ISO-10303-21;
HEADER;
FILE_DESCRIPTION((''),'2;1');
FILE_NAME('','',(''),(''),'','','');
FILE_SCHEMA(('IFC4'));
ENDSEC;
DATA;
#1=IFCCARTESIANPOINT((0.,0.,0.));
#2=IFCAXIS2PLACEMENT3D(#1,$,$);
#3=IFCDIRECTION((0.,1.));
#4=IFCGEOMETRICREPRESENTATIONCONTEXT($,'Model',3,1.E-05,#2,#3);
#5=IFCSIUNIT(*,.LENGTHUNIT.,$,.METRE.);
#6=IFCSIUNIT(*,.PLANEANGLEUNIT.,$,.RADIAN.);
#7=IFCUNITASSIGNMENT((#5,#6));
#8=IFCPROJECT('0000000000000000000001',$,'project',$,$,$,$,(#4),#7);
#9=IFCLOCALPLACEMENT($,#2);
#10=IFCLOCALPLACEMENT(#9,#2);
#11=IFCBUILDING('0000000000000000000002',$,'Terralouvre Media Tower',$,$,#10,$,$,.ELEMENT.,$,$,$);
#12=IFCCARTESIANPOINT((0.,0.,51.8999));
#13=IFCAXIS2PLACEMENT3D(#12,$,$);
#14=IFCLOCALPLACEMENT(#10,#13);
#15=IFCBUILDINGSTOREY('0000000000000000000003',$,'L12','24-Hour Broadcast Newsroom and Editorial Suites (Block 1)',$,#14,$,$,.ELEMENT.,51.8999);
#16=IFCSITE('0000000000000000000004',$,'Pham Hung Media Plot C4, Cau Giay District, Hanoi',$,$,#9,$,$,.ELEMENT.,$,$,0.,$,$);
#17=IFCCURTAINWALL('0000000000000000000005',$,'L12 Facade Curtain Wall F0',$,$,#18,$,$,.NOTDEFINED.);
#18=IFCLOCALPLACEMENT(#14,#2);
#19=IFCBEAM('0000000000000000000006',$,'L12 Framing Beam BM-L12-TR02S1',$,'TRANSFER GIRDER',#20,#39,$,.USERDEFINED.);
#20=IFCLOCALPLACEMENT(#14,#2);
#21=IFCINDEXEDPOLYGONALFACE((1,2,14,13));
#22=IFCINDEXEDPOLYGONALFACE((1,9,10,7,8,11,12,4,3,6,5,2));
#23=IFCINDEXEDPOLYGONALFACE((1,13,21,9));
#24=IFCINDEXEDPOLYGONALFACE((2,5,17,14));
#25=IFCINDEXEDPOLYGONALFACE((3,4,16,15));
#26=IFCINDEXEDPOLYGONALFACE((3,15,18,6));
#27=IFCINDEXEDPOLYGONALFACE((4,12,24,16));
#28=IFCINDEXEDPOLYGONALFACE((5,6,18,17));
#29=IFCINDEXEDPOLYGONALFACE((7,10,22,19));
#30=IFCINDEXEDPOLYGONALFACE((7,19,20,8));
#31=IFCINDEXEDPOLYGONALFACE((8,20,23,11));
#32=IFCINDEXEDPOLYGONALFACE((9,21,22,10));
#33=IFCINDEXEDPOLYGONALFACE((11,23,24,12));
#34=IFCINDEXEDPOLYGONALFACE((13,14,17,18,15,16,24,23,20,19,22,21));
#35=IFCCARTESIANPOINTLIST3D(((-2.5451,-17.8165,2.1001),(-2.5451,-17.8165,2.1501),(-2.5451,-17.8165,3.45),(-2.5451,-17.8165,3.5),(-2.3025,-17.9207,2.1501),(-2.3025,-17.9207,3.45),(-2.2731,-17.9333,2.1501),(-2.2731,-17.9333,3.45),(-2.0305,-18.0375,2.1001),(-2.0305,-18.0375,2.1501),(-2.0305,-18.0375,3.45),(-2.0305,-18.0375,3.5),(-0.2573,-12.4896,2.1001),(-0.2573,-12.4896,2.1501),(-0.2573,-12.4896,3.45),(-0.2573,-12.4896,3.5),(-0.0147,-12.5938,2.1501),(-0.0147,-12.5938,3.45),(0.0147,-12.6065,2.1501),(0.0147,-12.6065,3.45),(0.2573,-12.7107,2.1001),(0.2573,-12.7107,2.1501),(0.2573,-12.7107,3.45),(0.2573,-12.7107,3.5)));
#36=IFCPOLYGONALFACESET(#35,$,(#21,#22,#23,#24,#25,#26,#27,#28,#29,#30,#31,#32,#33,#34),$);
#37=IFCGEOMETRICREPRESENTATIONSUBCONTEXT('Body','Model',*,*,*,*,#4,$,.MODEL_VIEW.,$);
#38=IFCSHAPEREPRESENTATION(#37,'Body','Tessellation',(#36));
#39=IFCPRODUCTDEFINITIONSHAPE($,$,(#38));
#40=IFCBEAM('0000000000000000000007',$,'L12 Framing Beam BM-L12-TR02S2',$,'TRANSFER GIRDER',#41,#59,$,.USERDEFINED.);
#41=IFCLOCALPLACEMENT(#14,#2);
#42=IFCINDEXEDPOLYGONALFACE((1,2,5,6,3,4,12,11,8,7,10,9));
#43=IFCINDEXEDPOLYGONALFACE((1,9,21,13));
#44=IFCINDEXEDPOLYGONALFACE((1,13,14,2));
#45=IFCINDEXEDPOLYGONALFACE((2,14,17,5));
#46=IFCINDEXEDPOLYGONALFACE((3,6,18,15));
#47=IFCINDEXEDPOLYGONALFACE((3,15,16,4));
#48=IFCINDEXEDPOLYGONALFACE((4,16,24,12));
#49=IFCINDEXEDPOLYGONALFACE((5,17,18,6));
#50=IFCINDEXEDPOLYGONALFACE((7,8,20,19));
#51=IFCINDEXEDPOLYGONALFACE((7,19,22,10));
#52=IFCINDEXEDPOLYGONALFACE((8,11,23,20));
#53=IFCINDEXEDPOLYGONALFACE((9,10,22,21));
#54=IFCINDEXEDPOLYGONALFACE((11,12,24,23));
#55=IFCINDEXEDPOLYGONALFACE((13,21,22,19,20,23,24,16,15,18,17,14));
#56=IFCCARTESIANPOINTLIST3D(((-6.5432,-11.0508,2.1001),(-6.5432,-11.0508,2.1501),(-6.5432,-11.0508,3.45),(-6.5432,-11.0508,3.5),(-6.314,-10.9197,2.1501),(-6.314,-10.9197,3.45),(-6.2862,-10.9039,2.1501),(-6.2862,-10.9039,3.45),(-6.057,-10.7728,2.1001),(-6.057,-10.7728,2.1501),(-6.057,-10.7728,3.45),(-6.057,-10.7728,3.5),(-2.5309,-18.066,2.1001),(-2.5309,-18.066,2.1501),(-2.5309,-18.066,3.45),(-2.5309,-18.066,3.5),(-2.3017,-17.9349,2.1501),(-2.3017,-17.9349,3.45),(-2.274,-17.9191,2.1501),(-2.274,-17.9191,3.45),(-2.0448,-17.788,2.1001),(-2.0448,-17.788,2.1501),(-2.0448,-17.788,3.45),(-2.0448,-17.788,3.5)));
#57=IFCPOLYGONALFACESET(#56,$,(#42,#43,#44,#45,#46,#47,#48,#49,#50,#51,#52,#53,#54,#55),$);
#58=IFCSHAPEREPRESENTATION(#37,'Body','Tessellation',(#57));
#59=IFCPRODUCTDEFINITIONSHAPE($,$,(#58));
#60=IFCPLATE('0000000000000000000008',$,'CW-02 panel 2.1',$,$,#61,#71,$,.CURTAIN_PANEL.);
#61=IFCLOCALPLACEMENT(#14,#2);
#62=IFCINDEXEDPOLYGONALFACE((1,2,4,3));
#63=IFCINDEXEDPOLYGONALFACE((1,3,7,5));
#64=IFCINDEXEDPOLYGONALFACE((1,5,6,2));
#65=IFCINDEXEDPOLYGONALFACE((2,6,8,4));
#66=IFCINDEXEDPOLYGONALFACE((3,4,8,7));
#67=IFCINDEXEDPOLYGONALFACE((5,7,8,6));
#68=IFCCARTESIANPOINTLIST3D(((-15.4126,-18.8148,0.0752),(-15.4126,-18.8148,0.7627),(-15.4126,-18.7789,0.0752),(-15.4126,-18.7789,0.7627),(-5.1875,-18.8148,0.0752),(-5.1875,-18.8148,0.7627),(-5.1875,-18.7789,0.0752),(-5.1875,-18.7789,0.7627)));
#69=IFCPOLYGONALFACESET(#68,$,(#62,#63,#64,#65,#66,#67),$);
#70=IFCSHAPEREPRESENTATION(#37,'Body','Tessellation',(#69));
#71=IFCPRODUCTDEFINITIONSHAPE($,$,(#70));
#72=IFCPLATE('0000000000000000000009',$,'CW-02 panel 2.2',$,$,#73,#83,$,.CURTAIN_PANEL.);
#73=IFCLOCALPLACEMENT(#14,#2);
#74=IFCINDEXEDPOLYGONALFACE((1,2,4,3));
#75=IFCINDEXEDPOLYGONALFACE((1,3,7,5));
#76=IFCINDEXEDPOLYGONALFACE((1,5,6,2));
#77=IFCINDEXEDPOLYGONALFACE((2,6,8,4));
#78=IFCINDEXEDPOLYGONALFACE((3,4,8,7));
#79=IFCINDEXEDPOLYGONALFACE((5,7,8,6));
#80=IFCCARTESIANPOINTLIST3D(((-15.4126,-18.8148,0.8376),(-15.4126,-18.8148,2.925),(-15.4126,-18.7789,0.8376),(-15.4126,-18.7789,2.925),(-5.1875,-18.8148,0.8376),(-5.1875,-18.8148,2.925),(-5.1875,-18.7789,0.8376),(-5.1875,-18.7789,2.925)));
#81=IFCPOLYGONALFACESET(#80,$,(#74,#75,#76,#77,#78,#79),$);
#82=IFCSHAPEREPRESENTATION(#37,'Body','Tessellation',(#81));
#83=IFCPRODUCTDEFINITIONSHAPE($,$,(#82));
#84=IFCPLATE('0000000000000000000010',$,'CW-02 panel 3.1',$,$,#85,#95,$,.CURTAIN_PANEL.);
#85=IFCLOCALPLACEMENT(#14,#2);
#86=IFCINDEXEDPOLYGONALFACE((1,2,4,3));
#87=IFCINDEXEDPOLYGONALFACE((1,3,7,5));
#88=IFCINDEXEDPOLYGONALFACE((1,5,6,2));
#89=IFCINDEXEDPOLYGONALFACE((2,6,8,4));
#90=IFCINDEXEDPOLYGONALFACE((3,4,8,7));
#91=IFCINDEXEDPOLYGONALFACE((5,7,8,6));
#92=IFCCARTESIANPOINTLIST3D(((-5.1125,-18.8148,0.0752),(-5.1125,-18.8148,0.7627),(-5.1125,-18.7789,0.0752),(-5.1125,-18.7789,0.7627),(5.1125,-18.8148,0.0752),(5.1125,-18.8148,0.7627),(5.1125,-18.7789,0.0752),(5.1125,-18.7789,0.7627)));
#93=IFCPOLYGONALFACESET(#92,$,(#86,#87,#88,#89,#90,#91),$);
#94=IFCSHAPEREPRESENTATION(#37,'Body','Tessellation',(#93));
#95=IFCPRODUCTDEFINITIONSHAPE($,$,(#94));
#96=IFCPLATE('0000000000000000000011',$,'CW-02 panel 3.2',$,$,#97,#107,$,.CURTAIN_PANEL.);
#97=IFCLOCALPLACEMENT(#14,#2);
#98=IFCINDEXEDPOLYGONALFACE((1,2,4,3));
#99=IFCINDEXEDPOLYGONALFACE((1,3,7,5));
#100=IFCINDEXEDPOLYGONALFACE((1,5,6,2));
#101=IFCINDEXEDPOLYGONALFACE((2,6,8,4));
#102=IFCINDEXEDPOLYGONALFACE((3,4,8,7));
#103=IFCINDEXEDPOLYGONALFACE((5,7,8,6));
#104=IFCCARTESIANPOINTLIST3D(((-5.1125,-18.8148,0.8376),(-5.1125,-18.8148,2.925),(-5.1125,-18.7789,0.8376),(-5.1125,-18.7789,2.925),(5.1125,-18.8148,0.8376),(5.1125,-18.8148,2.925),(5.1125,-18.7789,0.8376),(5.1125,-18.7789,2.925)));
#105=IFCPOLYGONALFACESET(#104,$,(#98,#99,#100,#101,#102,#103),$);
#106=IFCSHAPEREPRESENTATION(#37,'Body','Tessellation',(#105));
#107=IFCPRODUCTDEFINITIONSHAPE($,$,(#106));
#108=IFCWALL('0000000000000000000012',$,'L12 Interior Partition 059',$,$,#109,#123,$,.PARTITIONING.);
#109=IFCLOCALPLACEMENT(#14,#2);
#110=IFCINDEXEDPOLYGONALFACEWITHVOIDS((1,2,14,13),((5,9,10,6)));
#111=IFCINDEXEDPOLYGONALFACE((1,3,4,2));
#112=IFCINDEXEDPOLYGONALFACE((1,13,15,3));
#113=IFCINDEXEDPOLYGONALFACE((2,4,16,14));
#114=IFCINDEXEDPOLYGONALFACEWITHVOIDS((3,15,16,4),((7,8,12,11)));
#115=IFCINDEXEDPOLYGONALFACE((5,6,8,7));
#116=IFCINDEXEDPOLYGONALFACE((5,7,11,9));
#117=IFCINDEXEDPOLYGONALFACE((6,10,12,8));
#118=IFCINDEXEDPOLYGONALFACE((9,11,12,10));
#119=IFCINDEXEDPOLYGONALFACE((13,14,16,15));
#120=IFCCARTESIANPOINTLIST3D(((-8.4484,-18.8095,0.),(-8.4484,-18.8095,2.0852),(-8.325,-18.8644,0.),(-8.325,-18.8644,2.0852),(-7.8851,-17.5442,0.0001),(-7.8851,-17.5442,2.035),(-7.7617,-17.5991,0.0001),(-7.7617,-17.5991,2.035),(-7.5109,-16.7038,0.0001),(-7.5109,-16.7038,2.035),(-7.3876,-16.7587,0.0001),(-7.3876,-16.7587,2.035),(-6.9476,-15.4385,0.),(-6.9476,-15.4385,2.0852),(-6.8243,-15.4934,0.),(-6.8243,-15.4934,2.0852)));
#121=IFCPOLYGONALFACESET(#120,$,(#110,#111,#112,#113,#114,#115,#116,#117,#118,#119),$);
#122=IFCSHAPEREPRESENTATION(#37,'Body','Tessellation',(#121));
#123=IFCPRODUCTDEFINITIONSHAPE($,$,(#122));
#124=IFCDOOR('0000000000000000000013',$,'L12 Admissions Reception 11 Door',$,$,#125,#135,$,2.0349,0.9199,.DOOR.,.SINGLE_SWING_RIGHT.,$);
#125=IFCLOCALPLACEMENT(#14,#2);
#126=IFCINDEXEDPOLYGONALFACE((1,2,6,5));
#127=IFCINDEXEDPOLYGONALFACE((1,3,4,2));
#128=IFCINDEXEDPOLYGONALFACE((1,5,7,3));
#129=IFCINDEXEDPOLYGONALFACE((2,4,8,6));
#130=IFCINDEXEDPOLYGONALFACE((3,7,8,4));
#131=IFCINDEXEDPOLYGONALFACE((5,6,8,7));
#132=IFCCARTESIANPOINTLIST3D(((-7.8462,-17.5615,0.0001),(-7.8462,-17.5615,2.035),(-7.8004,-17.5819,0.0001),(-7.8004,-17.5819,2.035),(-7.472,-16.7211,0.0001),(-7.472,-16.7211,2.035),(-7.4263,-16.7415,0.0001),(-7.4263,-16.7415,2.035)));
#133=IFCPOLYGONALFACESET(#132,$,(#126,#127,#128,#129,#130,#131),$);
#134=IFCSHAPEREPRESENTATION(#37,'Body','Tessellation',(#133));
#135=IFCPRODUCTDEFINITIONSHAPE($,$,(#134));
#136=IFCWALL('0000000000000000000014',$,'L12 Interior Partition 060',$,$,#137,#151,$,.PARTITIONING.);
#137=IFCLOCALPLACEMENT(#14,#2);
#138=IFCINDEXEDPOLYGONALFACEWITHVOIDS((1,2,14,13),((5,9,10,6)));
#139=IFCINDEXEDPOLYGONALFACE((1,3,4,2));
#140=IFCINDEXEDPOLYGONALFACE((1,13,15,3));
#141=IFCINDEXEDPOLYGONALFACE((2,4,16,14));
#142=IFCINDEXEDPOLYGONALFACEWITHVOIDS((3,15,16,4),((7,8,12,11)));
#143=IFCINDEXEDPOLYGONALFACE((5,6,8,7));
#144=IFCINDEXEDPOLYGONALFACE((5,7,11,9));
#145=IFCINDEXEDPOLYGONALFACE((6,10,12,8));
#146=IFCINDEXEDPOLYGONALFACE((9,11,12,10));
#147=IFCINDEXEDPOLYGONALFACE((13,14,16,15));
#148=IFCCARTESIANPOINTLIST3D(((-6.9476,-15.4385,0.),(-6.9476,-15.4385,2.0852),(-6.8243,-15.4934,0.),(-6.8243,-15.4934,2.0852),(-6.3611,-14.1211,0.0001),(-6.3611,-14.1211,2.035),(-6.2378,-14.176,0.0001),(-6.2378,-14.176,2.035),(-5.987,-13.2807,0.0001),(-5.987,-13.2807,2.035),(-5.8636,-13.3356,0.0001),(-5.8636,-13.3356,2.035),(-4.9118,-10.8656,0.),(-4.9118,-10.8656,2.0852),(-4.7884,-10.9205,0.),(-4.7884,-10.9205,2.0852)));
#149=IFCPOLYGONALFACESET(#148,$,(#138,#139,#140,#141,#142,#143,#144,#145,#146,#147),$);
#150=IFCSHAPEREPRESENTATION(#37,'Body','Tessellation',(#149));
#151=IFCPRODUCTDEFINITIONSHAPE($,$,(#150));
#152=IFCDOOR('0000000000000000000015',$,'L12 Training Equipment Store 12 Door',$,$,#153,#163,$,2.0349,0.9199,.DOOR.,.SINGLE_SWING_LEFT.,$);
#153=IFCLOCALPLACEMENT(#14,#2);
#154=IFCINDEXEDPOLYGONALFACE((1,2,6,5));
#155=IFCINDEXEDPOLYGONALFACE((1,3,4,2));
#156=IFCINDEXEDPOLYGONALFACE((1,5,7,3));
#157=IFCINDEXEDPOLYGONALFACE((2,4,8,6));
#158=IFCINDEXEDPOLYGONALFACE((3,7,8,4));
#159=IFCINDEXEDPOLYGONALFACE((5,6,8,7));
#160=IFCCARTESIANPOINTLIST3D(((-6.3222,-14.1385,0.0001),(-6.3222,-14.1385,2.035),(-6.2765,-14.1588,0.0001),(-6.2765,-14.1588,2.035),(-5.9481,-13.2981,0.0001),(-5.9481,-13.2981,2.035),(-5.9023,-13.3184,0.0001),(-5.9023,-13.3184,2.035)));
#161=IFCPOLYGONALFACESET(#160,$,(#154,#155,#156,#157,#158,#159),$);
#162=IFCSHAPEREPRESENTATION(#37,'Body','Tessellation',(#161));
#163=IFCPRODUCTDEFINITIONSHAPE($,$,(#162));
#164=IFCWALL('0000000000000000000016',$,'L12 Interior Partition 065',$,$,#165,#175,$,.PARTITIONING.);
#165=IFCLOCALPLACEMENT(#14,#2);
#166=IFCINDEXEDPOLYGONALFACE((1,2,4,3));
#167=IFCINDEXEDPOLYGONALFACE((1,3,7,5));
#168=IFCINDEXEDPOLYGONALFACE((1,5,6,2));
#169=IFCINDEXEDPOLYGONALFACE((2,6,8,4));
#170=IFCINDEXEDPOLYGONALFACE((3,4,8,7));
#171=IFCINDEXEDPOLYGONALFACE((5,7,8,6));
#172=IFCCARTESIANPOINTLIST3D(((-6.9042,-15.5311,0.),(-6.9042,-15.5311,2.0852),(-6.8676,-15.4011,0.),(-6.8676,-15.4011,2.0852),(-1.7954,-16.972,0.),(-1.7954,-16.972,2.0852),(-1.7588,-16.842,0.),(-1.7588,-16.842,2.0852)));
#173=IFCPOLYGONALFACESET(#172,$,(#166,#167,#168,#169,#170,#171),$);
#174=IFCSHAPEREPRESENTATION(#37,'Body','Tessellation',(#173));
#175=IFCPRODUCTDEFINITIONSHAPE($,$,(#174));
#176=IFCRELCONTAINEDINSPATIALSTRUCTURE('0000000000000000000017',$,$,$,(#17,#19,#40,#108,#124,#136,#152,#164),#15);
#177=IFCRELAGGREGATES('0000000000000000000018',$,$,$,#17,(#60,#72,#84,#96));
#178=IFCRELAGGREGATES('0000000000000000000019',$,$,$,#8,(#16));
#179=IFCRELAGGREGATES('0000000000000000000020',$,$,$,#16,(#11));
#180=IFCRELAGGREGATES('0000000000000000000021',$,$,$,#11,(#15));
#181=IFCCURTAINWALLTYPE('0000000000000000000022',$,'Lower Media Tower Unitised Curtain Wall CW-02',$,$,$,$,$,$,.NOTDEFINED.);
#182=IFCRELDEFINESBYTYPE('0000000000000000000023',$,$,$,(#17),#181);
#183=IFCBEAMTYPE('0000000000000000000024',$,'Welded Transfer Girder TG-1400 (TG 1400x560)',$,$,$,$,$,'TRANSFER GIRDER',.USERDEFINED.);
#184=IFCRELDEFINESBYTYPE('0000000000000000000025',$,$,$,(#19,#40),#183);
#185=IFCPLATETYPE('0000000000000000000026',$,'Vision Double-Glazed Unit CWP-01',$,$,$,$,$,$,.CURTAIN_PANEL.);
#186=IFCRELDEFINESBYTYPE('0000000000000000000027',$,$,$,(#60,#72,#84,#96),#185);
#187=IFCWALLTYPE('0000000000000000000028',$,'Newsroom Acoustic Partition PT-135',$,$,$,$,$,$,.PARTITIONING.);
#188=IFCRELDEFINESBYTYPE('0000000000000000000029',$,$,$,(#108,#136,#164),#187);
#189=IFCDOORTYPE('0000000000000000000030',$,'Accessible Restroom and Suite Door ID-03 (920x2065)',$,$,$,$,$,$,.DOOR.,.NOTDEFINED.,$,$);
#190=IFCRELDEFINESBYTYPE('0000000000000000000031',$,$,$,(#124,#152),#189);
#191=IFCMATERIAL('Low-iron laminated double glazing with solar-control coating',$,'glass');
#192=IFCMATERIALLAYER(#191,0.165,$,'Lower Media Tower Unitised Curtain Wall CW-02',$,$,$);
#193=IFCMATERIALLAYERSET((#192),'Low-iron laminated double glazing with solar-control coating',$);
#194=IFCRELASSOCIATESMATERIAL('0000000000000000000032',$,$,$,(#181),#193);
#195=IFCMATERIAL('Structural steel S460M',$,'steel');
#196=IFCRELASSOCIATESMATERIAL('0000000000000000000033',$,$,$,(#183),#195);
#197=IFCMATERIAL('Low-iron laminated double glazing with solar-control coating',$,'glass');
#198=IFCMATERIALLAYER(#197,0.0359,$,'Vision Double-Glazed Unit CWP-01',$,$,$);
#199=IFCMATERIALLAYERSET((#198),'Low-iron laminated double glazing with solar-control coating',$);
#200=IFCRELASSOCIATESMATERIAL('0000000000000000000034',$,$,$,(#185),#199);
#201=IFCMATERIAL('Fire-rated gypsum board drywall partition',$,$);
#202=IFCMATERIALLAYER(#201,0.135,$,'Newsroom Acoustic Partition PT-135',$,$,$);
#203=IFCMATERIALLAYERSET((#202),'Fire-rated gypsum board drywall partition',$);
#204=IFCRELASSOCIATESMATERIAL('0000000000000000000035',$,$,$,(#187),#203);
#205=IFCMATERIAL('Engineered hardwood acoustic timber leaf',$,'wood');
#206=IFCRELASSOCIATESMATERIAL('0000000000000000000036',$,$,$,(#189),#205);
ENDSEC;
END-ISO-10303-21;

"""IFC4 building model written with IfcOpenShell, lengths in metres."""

from ifc_helpers import new_model, si_unit, direction, frame, frame_2d, origin, origin_2d, place, context, subcontext, project, spatial, rectangle, i_section, extrude, material, layer, layer_set, material_profile, profile_set, type_object, element, fill, aggregate, save


model = new_model("IFC4")

# Units and contexts
model_context = context("Model", 3, precision=1e-05, world=origin(), true_north=direction((0.0, 1.0)))
body_context = subcontext(model_context, "Body", "Model", "MODEL_VIEW")
ifc_project = project(units=[si_unit("LENGTHUNIT", "METRE"), si_unit("PLANEANGLEUNIT", "RADIAN")], contexts=[model_context])

# Site, building, storey
site_placement = place(None, origin())
site = spatial("IfcSite", under=ifc_project, at=site_placement, Name="Pham Hung Media Plot C4, Cau Giay District, Hanoi", CompositionType="ELEMENT", RefElevation=0.0)
building_placement = place(site_placement, origin())
building = spatial("IfcBuilding", under=site, at=building_placement, Name="Terralouvre Media Tower", CompositionType="ELEMENT")
storey_placement = place(building_placement, frame((0.0, 0.0, 51.8999)))
storey = spatial("IfcBuildingStorey", under=building, at=storey_placement, Name="L12", Description="24-Hour Broadcast Newsroom and Editorial Suites (Block 1)", CompositionType="ELEMENT", Elevation=51.8999)

# Curtain wall
ifc_material_1 = material(Name="Low-iron laminated double glazing with solar-control coating", Category="glass")
ifc_layer_1 = layer(ifc_material_1, 0.165, Name="Lower Media Tower Unitised Curtain Wall CW-02")
ifc_layer_set_1 = layer_set([ifc_layer_1], Name="Low-iron laminated double glazing with solar-control coating")
curtain_wall_type = type_object("IfcCurtainWallType", Name="Lower Media Tower Unitised Curtain Wall CW-02", PredefinedType="NOTDEFINED", material=ifc_layer_set_1)
curtain_wall_placement = place(storey_placement, origin())
curtain_wall = element("IfcCurtainWall", 1, at=curtain_wall_placement, inside=storey, type_object=curtain_wall_type, Name="L12 Facade Curtain Wall F0", PredefinedType="NOTDEFINED")

# Beams
ifc_material_2 = material(Name="Structural steel S460M", Category="steel")
ifc_material_profile_1 = material_profile(ifc_material_2, i_section(OverallWidth=0.5601, OverallDepth=1.3999, WebThickness=0.032, FlangeThickness=0.05, at=origin_2d()), Name="TG 1400x560")
ifc_profile_set_1 = profile_set([ifc_material_profile_1], Name="Structural steel S460M")
beam_type_1 = type_object("IfcBeamType", Name="Welded Transfer Girder TG-1400 (TG 1400x560)", ElementType="TRANSFER GIRDER", PredefinedType="USERDEFINED", material=ifc_profile_set_1)
beam_1_placement = place(storey_placement, frame((-2.2878, -17.927, 2.8), z_axis=(0.394631, 0.91884, 0.0), x_axis=(-0.91884, 0.394631, 0.0)))
element("IfcBeam", 2, at=beam_1_placement, inside=storey, type_object=beam_type_1, Name="L12 Framing Beam BM-L12-TR02S1", ObjectType="TRANSFER GIRDER", PredefinedType="USERDEFINED", context=body_context, shape_type="SweptSolid", body=[
    extrude(i_section(OverallWidth=0.5601, OverallDepth=1.3999, WebThickness=0.032, FlangeThickness=0.05, at=origin_2d()), origin(), (0.0, 0.0, 1.0), 5.7974),
])
beam_2_placement = place(storey_placement, frame((-2.2878, -17.927, 2.8), z_axis=(-0.496471, 0.868053, 0.0), x_axis=(-0.868053, -0.496471, 0.0)))
element("IfcBeam", 3, at=beam_2_placement, inside=storey, type_object=beam_type_1, Name="L12 Framing Beam BM-L12-TR02S2", ObjectType="TRANSFER GIRDER", PredefinedType="USERDEFINED", context=body_context, shape_type="SweptSolid", body=[
    extrude(i_section(OverallWidth=0.5601, OverallDepth=1.3999, WebThickness=0.032, FlangeThickness=0.05, at=origin_2d()), origin(), (0.0, 0.0, 1.0), 8.0815),
])

# Plates
ifc_material_3 = material(Name="Low-iron laminated double glazing with solar-control coating", Category="glass")
ifc_layer_2 = layer(ifc_material_3, 0.0359, Name="Vision Double-Glazed Unit CWP-01")
ifc_layer_set_2 = layer_set([ifc_layer_2], Name="Low-iron laminated double glazing with solar-control coating")
plate_type = type_object("IfcPlateType", Name="Vision Double-Glazed Unit CWP-01", PredefinedType="CURTAIN_PANEL", material=ifc_layer_set_2)
plate_1_placement = place(storey_placement, frame((-10.3, -18.7969, 0.0752), z_axis=(0.0, 0.0, 1.0), x_axis=(1.0, 0.0, 0.0)))
plate_1 = element("IfcPlate", 4, at=plate_1_placement, type_object=plate_type, Name="CW-02 panel 2.1", PredefinedType="CURTAIN_PANEL", context=body_context, shape_type="SweptSolid", body=[
    extrude(rectangle(XDim=10.2251, YDim=0.0359, at=origin_2d()), origin(), (0.0, 0.0, 1.0), 0.6875),
])
plate_2_placement = place(storey_placement, frame((-10.3, -18.7969, 0.8376), z_axis=(0.0, 0.0, 1.0), x_axis=(1.0, 0.0, 0.0)))
plate_2 = element("IfcPlate", 5, at=plate_2_placement, type_object=plate_type, Name="CW-02 panel 2.2", PredefinedType="CURTAIN_PANEL", context=body_context, shape_type="SweptSolid", body=[
    extrude(rectangle(XDim=10.2251, YDim=0.0359, at=origin_2d()), origin(), (0.0, 0.0, 1.0), 2.0874),
])
plate_3_placement = place(storey_placement, frame((0.0, -18.7969, 0.0752), z_axis=(0.0, 0.0, 1.0), x_axis=(1.0, 0.0, 0.0)))
plate_3 = element("IfcPlate", 6, at=plate_3_placement, type_object=plate_type, Name="CW-02 panel 3.1", PredefinedType="CURTAIN_PANEL", context=body_context, shape_type="SweptSolid", body=[
    extrude(rectangle(XDim=10.2251, YDim=0.0359, at=origin_2d()), origin(), (0.0, 0.0, 1.0), 0.6875),
])
plate_4_placement = place(storey_placement, frame((0.0, -18.7969, 0.8376), z_axis=(0.0, 0.0, 1.0), x_axis=(1.0, 0.0, 0.0)))
plate_4 = element("IfcPlate", 7, at=plate_4_placement, type_object=plate_type, Name="CW-02 panel 3.2", PredefinedType="CURTAIN_PANEL", context=body_context, shape_type="SweptSolid", body=[
    extrude(rectangle(XDim=10.2251, YDim=0.0359, at=origin_2d()), origin(), (0.0, 0.0, 1.0), 2.0874),
])
aggregate(curtain_wall, [plate_1, plate_2, plate_3, plate_4])

# Walls, openings, doors
ifc_material_4 = material(Name="Fire-rated gypsum board drywall partition")
ifc_layer_3 = layer(ifc_material_4, 0.135, Name="Newsroom Acoustic Partition PT-135")
ifc_layer_set_3 = layer_set([ifc_layer_3], Name="Fire-rated gypsum board drywall partition")
wall_type_1 = type_object("IfcWallType", Name="Newsroom Acoustic Partition PT-135", PredefinedType="PARTITIONING", material=ifc_layer_set_3)
wall_1_placement = place(storey_placement, frame((-8.3867, -18.8369, 0.0), z_axis=(0.0, 0.0, 1.0), x_axis=(0.406722, 0.913552, 0.0)))
wall_1 = element("IfcWall", 8, at=wall_1_placement, inside=storey, type_object=wall_type_1, Name="L12 Interior Partition 059", PredefinedType="PARTITIONING", context=body_context, shape_type="SweptSolid", body=[
    extrude(rectangle(XDim=3.6899, YDim=0.135, at=frame_2d((1.845, 0.0))), origin(), (0.0, 0.0, 1.0), 2.0852),
])
opening_1_placement = place(wall_1_placement, frame((1.385, 0.0, 0.0)))
opening_1 = element("IfcOpeningElement", 9, at=opening_1_placement, cuts=wall_1, PredefinedType="OPENING", context=body_context, shape_type="SweptSolid", body=[
    extrude(rectangle(XDim=0.9199, YDim=2.0349, at=frame_2d((0.46, 1.0176))), frame((0.0, 0.0774, 0.0), z_axis=(0.0, -1.0, 0.0), x_axis=(1.0, 0.0, 0.0)), (0.0, 0.0, 1.0), 0.155),
])
ifc_material_5 = material(Name="Engineered hardwood acoustic timber leaf", Category="wood")
door_type = type_object("IfcDoorType", Name="Accessible Restroom and Suite Door ID-03 (920x2065)", OperationType="NOTDEFINED", PredefinedType="DOOR", material=ifc_material_5)
door_1_placement = place(opening_1_placement, origin())
door_1 = element("IfcDoor", 10, at=door_1_placement, inside=storey, type_object=door_type, Name="L12 Admissions Reception 11 Door", OperationType="SINGLE_SWING_RIGHT", OverallHeight=2.0349, OverallWidth=0.9199, PredefinedType="DOOR", context=body_context, shape_type="SweptSolid", body=[
    extrude(rectangle(XDim=0.9199, YDim=2.0349, at=frame_2d((0.46, 1.0176))), frame((0.0, 0.0249, 0.0), z_axis=(0.0, -1.0, 0.0), x_axis=(1.0, 0.0, 0.0)), (0.0, 0.0, 1.0), 0.05),
])
fill(opening_1, door_1)
wall_2_placement = place(storey_placement, frame((-6.886, -15.4661, 0.0), z_axis=(0.0, 0.0, 1.0), x_axis=(0.406713, 0.913556, 0.0)))
wall_2 = element("IfcWall", 11, at=wall_2_placement, inside=storey, type_object=wall_type_1, Name="L12 Interior Partition 060", PredefinedType="PARTITIONING", context=body_context, shape_type="SweptSolid", body=[
    extrude(rectangle(XDim=5.0056, YDim=0.135, at=frame_2d((2.5029, 0.0))), origin(), (0.0, 0.0, 1.0), 2.0852),
])
opening_2_placement = place(wall_2_placement, frame((1.4421, 0.0, 0.0)))
opening_2 = element("IfcOpeningElement", 12, at=opening_2_placement, cuts=wall_2, PredefinedType="OPENING", context=body_context, shape_type="SweptSolid", body=[
    extrude(rectangle(XDim=0.9199, YDim=2.0349, at=frame_2d((0.46, 1.0176))), frame((0.0, 0.0774, 0.0), z_axis=(0.0, -1.0, 0.0), x_axis=(1.0, 0.0, 0.0)), (0.0, 0.0, 1.0), 0.155),
])
door_2_placement = place(opening_2_placement, origin())
door_2 = element("IfcDoor", 13, at=door_2_placement, inside=storey, type_object=door_type, Name="L12 Training Equipment Store 12 Door", OperationType="SINGLE_SWING_LEFT", OverallHeight=2.0349, OverallWidth=0.9199, PredefinedType="DOOR", context=body_context, shape_type="SweptSolid", body=[
    extrude(rectangle(XDim=0.9199, YDim=2.0349, at=frame_2d((0.46, 1.0176))), frame((0.0, 0.0249, 0.0), z_axis=(0.0, -1.0, 0.0), x_axis=(1.0, 0.0, 0.0)), (0.0, 0.0, 1.0), 0.05),
])
fill(opening_2, door_2)

# Wall
wall_3_placement = place(storey_placement, frame((-1.7771, -16.907, 0.0), z_axis=(0.0, 0.0, 1.0), x_axis=(-0.962452, 0.271451, 0.0)))
element("IfcWall", 14, at=wall_3_placement, inside=storey, type_object=wall_type_1, Name="L12 Interior Partition 065", PredefinedType="PARTITIONING", context=body_context, shape_type="SweptSolid", body=[
    extrude(rectangle(XDim=5.3081, YDim=0.135, at=frame_2d((2.6541, 0.0))), origin(), (0.0, 0.0, 1.0), 2.0852),
])

save(model, "model.ifc")
